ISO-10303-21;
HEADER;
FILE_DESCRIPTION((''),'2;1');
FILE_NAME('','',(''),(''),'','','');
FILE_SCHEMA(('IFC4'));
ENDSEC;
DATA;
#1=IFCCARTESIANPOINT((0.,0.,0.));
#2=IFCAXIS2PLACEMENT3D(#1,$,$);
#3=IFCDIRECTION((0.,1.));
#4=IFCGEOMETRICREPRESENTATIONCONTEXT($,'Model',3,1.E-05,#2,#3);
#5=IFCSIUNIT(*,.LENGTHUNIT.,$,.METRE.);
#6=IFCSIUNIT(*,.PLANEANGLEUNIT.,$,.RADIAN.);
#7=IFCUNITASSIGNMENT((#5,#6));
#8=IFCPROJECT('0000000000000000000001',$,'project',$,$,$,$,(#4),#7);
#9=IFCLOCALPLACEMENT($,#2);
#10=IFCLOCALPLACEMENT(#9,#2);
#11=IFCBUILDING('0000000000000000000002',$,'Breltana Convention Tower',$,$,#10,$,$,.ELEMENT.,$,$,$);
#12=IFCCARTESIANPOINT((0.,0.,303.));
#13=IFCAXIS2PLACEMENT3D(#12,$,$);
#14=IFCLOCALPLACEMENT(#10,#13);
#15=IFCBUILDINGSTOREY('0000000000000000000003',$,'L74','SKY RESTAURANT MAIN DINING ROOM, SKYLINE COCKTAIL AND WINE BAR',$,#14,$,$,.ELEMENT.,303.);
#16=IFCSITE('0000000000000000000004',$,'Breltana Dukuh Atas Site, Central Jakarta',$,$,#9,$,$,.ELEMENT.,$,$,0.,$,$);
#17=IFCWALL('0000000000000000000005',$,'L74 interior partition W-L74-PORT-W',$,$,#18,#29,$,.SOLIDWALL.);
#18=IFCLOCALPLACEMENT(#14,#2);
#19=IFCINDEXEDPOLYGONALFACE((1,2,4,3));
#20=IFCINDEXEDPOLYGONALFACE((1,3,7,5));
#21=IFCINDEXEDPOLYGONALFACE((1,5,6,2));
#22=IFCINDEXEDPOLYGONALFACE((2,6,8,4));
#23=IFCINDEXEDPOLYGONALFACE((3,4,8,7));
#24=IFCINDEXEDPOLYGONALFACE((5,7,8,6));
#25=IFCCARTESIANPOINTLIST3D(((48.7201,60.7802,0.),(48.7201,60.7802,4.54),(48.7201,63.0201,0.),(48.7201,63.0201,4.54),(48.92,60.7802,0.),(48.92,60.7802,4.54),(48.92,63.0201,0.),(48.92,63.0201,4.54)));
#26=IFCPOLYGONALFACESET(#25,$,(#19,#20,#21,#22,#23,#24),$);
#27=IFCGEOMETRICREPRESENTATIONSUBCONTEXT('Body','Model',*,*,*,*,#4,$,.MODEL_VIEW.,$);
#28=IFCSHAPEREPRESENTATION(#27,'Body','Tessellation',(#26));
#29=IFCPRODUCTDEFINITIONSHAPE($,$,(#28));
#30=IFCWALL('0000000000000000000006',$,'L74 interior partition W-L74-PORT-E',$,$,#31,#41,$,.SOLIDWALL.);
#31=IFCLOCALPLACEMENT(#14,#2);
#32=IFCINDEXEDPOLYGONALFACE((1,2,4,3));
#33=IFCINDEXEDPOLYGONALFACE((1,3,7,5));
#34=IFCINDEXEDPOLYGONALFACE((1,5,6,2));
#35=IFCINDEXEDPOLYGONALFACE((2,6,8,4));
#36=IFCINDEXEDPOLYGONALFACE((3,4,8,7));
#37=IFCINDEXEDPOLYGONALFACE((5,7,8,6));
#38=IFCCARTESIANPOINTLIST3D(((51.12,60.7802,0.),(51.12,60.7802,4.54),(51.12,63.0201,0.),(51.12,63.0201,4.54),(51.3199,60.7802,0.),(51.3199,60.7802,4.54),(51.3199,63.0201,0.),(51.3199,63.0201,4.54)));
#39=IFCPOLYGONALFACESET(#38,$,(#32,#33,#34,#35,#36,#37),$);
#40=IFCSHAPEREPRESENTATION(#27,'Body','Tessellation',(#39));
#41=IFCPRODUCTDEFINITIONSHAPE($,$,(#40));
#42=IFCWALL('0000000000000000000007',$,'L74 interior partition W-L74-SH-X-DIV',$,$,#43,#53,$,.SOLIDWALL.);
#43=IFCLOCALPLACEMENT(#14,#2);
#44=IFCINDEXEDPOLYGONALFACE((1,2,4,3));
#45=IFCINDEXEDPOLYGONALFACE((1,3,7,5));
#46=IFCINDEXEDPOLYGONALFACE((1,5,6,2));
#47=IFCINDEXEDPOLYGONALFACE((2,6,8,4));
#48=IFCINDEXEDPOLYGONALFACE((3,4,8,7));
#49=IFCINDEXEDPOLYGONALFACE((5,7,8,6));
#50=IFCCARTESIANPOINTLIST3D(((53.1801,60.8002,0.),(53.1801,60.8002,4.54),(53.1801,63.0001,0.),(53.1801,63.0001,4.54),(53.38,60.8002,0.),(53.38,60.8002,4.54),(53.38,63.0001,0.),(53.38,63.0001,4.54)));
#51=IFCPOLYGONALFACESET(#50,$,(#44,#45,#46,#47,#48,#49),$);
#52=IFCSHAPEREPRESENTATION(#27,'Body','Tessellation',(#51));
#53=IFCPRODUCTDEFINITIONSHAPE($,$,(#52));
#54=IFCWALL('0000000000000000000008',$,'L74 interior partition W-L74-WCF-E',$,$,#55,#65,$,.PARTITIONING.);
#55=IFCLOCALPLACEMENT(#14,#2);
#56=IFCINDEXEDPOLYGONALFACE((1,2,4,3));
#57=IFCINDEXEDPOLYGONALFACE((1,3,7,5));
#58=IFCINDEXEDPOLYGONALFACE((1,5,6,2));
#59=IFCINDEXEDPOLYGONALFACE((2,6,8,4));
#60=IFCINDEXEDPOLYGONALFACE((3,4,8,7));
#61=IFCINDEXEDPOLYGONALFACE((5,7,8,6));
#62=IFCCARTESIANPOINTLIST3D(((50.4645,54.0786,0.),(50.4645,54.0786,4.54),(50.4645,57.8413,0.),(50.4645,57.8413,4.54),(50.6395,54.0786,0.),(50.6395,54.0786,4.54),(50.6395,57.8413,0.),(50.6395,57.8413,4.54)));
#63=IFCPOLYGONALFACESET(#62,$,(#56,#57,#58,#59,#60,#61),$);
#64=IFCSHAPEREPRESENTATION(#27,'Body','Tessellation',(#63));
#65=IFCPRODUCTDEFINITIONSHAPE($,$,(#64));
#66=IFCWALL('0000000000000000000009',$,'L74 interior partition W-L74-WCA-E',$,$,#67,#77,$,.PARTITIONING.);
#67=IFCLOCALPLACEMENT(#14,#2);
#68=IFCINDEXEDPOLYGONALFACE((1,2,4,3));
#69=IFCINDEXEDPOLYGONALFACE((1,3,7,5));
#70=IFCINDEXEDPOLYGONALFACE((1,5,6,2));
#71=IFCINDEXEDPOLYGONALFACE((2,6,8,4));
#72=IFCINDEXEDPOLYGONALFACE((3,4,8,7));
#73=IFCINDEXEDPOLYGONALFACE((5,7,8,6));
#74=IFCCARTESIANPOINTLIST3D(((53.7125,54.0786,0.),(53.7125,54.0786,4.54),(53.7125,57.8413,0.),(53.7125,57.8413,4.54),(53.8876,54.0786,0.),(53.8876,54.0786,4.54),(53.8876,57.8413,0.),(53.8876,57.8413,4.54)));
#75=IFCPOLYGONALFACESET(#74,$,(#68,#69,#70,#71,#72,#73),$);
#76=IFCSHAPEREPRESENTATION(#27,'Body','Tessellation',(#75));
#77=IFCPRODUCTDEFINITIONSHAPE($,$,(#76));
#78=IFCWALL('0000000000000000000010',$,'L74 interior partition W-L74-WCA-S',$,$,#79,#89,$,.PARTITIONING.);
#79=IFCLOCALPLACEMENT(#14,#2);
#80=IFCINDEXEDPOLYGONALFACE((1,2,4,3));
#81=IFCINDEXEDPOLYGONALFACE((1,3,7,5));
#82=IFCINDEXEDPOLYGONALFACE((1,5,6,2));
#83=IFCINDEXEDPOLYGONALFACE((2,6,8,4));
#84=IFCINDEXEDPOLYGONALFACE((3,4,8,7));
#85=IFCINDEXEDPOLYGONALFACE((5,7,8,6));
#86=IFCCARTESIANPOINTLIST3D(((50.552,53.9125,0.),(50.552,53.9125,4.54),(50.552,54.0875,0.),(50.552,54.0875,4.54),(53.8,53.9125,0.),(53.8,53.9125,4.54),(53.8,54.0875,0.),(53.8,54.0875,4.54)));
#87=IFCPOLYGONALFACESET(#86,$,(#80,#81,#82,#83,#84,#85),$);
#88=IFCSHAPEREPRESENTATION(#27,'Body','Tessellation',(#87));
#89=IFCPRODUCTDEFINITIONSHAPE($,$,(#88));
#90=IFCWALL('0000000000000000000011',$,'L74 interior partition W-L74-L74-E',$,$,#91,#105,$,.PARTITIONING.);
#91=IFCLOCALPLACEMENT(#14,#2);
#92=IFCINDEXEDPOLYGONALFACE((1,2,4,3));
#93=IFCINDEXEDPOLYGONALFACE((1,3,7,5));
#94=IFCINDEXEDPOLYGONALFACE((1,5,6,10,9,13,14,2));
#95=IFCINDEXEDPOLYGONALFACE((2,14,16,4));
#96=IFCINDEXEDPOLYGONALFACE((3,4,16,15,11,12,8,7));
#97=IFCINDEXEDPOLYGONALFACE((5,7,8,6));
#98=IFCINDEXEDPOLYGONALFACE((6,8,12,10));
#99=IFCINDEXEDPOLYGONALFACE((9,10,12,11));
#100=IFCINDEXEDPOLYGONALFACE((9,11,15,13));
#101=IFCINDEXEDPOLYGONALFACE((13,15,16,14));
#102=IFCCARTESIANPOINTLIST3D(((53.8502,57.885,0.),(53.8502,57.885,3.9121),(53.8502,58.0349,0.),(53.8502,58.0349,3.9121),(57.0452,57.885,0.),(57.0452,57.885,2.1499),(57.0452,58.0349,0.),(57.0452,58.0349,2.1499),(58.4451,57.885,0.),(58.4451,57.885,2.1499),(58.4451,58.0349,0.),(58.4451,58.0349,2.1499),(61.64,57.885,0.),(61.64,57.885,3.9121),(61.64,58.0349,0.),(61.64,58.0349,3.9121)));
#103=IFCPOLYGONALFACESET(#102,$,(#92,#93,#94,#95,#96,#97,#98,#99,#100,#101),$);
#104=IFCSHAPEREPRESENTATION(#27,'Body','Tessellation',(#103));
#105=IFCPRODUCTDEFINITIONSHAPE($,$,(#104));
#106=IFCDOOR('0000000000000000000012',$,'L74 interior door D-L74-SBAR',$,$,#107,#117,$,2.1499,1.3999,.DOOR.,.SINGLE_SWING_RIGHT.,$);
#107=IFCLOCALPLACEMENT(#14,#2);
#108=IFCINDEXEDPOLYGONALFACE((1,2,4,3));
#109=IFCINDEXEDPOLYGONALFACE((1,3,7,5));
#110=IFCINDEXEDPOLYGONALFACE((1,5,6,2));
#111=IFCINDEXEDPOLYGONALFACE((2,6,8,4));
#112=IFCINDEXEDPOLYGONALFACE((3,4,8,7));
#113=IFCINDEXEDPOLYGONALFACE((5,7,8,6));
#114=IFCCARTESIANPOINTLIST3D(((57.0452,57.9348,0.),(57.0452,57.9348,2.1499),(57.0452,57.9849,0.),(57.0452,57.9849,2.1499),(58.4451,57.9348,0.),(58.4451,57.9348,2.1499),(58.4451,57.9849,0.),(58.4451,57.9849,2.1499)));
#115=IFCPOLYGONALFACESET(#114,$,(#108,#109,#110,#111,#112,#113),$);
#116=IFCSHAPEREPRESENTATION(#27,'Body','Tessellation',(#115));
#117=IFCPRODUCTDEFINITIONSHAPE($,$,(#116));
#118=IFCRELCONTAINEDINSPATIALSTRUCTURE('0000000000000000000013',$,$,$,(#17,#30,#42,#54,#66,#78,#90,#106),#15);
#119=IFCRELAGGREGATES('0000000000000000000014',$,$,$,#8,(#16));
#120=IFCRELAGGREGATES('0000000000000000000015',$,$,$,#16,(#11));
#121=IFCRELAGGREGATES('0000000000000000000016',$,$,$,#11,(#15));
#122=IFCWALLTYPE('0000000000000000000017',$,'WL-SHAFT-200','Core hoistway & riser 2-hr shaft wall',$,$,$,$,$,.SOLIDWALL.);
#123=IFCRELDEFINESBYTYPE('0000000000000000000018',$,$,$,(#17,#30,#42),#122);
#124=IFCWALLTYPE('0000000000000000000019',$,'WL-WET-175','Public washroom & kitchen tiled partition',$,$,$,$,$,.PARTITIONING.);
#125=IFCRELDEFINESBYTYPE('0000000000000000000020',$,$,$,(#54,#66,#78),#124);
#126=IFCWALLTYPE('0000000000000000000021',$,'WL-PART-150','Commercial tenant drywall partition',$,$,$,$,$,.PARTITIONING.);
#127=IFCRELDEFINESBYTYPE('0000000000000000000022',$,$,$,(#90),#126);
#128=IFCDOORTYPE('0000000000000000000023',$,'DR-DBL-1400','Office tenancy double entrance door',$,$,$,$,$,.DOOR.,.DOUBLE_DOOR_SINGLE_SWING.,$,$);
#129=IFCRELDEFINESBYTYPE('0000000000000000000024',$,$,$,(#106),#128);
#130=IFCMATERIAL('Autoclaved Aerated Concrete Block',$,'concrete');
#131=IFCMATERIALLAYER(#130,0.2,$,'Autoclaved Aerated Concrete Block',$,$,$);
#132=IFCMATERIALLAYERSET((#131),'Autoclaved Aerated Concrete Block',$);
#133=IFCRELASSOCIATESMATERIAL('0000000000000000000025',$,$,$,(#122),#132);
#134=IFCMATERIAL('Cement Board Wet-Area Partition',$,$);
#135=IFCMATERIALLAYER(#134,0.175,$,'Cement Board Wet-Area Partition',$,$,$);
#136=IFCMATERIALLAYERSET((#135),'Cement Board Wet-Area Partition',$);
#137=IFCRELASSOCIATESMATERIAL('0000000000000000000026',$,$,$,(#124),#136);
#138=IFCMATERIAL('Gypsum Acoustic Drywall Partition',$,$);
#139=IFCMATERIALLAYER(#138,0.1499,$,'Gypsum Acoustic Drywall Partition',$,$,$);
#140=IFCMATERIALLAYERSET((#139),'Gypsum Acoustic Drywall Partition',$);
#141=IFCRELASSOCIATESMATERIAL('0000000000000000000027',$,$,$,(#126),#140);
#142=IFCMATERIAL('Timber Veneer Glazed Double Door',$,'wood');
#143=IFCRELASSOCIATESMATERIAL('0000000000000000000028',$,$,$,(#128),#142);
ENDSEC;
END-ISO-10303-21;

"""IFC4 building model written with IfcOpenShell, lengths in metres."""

from ifc_helpers import new_model, si_unit, direction, frame, frame_2d, origin, place, context, subcontext, project, spatial, rectangle, extrude, source, transform, mapped, material, layer, layer_set, type_object, type_shapes, element, fill, save


model = new_model("IFC4")

# Units and contexts
model_context = context("Model", 3, precision=1e-05, world=origin(), true_north=direction((0.0, 1.0)))
body_context = subcontext(model_context, "Body", "Model", "MODEL_VIEW")
ifc_project = project(units=[si_unit("LENGTHUNIT", "METRE"), si_unit("PLANEANGLEUNIT", "RADIAN")], contexts=[model_context])

# Site, building, storey
site_placement = place(None, origin())
site = spatial("IfcSite", under=ifc_project, at=site_placement, Name="Breltana Dukuh Atas Site, Central Jakarta", CompositionType="ELEMENT", RefElevation=0.0)
building_placement = place(site_placement, origin())
building = spatial("IfcBuilding", under=site, at=building_placement, Name="Breltana Convention Tower", CompositionType="ELEMENT")
storey_placement = place(building_placement, frame((0.0, 0.0, 303.0)))
storey = spatial("IfcBuildingStorey", under=building, at=storey_placement, Name="L74", Description="SKY RESTAURANT MAIN DINING ROOM, SKYLINE COCKTAIL AND WINE BAR", CompositionType="ELEMENT", Elevation=303.0)

# Walls
ifc_material_1 = material(Name="Autoclaved Aerated Concrete Block", Category="concrete")
ifc_layer_1 = layer(ifc_material_1, 0.2, Name="Autoclaved Aerated Concrete Block")
ifc_layer_set_1 = layer_set([ifc_layer_1], Name="Autoclaved Aerated Concrete Block")
wall_type_1 = type_object("IfcWallType", Name="WL-SHAFT-200", Description="Core hoistway & riser 2-hr shaft wall", PredefinedType="SOLIDWALL", material=ifc_layer_set_1)
shared_shape_1 = source(origin(), body_context, "Body", "SweptSolid", [
    extrude(rectangle(XDim=2.24, YDim=0.2, at=frame_2d((1.1201, 0.0))), origin(), (0.0, 0.0, 1.0), 4.54),
])
for number, where, z_axis, x_axis, name in (
    (1, (48.8201, 60.78, 0.0), (0.0, 0.0, 1.0), (0.0, 1.0, 0.0), "L74 interior partition W-L74-PORT-W"),
    (2, (51.22, 60.78, 0.0), (0.0, 0.0, 1.0), (0.0, 1.0, 0.0), "L74 interior partition W-L74-PORT-E"),
):
    element("IfcWall", number, at=place(storey_placement, frame(where, z_axis=z_axis, x_axis=x_axis)), inside=storey, type_object=wall_type_1, Name=name, PredefinedType="SOLIDWALL", context=body_context, shape_type="MappedRepresentation", body=[
        mapped(shared_shape_1, transform((0.0, 0.0, 0.0), scale=1.0)),
    ])
shared_shape_2 = source(origin(), body_context, "Body", "SweptSolid", [
    extrude(rectangle(XDim=2.2, YDim=0.2, at=frame_2d((1.1001, 0.0))), origin(), (0.0, 0.0, 1.0), 4.54),
])
wall_1_placement = place(storey_placement, frame((53.28, 60.8, 0.0), z_axis=(0.0, 0.0, 1.0), x_axis=(0.0, 1.0, 0.0)))
element("IfcWall", 3, at=wall_1_placement, inside=storey, type_object=wall_type_1, Name="L74 interior partition W-L74-SH-X-DIV", PredefinedType="SOLIDWALL", context=body_context, shape_type="MappedRepresentation", body=[
    mapped(shared_shape_2, transform((0.0, 0.0, 0.0), scale=1.0)),
])
ifc_material_2 = material(Name="Cement Board Wet-Area Partition")
ifc_layer_2 = layer(ifc_material_2, 0.175, Name="Cement Board Wet-Area Partition")
ifc_layer_set_2 = layer_set([ifc_layer_2], Name="Cement Board Wet-Area Partition")
wall_type_2 = type_object("IfcWallType", Name="WL-WET-175", Description="Public washroom & kitchen tiled partition", PredefinedType="PARTITIONING", material=ifc_layer_set_2)
shared_shape_3 = source(origin(), body_context, "Body", "SweptSolid", [
    extrude(rectangle(XDim=3.7627, YDim=0.175, at=frame_2d((1.8813, 0.0))), origin(), (0.0, 0.0, 1.0), 4.54),
])
for number, where, z_axis, x_axis, name in (
    (4, (50.552, 54.0786, 0.0), (0.0, 0.0, 1.0), (0.0, 1.0, 0.0), "L74 interior partition W-L74-WCF-E"),
    (5, (53.8, 54.0786, 0.0), (0.0, 0.0, 1.0), (0.0, 1.0, 0.0), "L74 interior partition W-L74-WCA-E"),
):
    element("IfcWall", number, at=place(storey_placement, frame(where, z_axis=z_axis, x_axis=x_axis)), inside=storey, type_object=wall_type_2, Name=name, PredefinedType="PARTITIONING", context=body_context, shape_type="MappedRepresentation", body=[
        mapped(shared_shape_3, transform((0.0, 0.0, 0.0), scale=1.0)),
    ])
shared_shape_4 = source(origin(), body_context, "Body", "SweptSolid", [
    extrude(rectangle(XDim=3.248, YDim=0.175, at=frame_2d((1.624, 0.0))), origin(), (0.0, 0.0, 1.0), 4.54),
])
wall_2_placement = place(storey_placement, frame((50.552, 54.0, 0.0), z_axis=(0.0, 0.0, 1.0), x_axis=(1.0, 0.0, 0.0)))
element("IfcWall", 6, at=wall_2_placement, inside=storey, type_object=wall_type_2, Name="L74 interior partition W-L74-WCA-S", PredefinedType="PARTITIONING", context=body_context, shape_type="MappedRepresentation", body=[
    mapped(shared_shape_4, transform((0.0, 0.0, 0.0), scale=1.0)),
])

# Wall, opening, door
ifc_material_3 = material(Name="Gypsum Acoustic Drywall Partition")
ifc_layer_3 = layer(ifc_material_3, 0.1499, Name="Gypsum Acoustic Drywall Partition")
ifc_layer_set_3 = layer_set([ifc_layer_3], Name="Gypsum Acoustic Drywall Partition")
wall_type_3 = type_object("IfcWallType", Name="WL-PART-150", Description="Commercial tenant drywall partition", PredefinedType="PARTITIONING", material=ifc_layer_set_3)
shared_shape_5 = source(origin(), body_context, "Body", "SweptSolid", [
    extrude(rectangle(XDim=7.7898, YDim=0.1499, at=frame_2d((3.895, 0.0))), origin(), (0.0, 0.0, 1.0), 3.9121),
])
wall_3_placement = place(storey_placement, frame((53.8501, 57.96, 0.0), z_axis=(0.0, 0.0, 1.0), x_axis=(1.0, 0.0, 0.0)))
wall_3 = element("IfcWall", 7, at=wall_3_placement, inside=storey, type_object=wall_type_3, Name="L74 interior partition W-L74-L74-E", PredefinedType="PARTITIONING", context=body_context, shape_type="MappedRepresentation", body=[
    mapped(shared_shape_5, transform((0.0, 0.0, 0.0), scale=1.0)),
])
opening_1_placement = place(wall_3_placement, frame((3.1951, 0.0, 0.0)))
opening_1 = element("IfcOpeningElement", 8, at=opening_1_placement, cuts=wall_3, PredefinedType="OPENING", context=body_context, shape_type="SweptSolid", body=[
    extrude(rectangle(XDim=1.3999, YDim=2.1499, at=frame_2d((0.7, 1.075))), frame((0.0, 0.085, 0.0), z_axis=(0.0, -1.0, 0.0), x_axis=(1.0, 0.0, 0.0)), (0.0, 0.0, 1.0), 0.1699),
])
ifc_material_4 = material(Name="Timber Veneer Glazed Double Door", Category="wood")
door_type_1 = type_object("IfcDoorType", Name="DR-DBL-1400", Description="Office tenancy double entrance door", OperationType="DOUBLE_DOOR_SINGLE_SWING", PredefinedType="DOOR", material=ifc_material_4)
shared_shape_6 = source(origin(), body_context, "Body", "SweptSolid", [
    extrude(rectangle(XDim=1.3999, YDim=2.1499, at=frame_2d((0.7, 1.075))), frame((0.0, 0.0249, 0.0), z_axis=(0.0, -1.0, 0.0), x_axis=(1.0, 0.0, 0.0)), (0.0, 0.0, 1.0), 0.05),
])
type_shapes(door_type_1, [shared_shape_6])
door_1_placement = place(opening_1_placement, origin())
door_1 = element("IfcDoor", 9, at=door_1_placement, inside=storey, type_object=door_type_1, Name="L74 interior door D-L74-SBAR", OperationType="SINGLE_SWING_RIGHT", OverallHeight=2.1499, OverallWidth=1.3999, PredefinedType="DOOR", context=body_context, shape_type="MappedRepresentation", body=[
    mapped(shared_shape_6, transform((0.0, 0.0, 0.0), scale=1.0)),
])
fill(opening_1, door_1)

save(model, "model.ifc")
